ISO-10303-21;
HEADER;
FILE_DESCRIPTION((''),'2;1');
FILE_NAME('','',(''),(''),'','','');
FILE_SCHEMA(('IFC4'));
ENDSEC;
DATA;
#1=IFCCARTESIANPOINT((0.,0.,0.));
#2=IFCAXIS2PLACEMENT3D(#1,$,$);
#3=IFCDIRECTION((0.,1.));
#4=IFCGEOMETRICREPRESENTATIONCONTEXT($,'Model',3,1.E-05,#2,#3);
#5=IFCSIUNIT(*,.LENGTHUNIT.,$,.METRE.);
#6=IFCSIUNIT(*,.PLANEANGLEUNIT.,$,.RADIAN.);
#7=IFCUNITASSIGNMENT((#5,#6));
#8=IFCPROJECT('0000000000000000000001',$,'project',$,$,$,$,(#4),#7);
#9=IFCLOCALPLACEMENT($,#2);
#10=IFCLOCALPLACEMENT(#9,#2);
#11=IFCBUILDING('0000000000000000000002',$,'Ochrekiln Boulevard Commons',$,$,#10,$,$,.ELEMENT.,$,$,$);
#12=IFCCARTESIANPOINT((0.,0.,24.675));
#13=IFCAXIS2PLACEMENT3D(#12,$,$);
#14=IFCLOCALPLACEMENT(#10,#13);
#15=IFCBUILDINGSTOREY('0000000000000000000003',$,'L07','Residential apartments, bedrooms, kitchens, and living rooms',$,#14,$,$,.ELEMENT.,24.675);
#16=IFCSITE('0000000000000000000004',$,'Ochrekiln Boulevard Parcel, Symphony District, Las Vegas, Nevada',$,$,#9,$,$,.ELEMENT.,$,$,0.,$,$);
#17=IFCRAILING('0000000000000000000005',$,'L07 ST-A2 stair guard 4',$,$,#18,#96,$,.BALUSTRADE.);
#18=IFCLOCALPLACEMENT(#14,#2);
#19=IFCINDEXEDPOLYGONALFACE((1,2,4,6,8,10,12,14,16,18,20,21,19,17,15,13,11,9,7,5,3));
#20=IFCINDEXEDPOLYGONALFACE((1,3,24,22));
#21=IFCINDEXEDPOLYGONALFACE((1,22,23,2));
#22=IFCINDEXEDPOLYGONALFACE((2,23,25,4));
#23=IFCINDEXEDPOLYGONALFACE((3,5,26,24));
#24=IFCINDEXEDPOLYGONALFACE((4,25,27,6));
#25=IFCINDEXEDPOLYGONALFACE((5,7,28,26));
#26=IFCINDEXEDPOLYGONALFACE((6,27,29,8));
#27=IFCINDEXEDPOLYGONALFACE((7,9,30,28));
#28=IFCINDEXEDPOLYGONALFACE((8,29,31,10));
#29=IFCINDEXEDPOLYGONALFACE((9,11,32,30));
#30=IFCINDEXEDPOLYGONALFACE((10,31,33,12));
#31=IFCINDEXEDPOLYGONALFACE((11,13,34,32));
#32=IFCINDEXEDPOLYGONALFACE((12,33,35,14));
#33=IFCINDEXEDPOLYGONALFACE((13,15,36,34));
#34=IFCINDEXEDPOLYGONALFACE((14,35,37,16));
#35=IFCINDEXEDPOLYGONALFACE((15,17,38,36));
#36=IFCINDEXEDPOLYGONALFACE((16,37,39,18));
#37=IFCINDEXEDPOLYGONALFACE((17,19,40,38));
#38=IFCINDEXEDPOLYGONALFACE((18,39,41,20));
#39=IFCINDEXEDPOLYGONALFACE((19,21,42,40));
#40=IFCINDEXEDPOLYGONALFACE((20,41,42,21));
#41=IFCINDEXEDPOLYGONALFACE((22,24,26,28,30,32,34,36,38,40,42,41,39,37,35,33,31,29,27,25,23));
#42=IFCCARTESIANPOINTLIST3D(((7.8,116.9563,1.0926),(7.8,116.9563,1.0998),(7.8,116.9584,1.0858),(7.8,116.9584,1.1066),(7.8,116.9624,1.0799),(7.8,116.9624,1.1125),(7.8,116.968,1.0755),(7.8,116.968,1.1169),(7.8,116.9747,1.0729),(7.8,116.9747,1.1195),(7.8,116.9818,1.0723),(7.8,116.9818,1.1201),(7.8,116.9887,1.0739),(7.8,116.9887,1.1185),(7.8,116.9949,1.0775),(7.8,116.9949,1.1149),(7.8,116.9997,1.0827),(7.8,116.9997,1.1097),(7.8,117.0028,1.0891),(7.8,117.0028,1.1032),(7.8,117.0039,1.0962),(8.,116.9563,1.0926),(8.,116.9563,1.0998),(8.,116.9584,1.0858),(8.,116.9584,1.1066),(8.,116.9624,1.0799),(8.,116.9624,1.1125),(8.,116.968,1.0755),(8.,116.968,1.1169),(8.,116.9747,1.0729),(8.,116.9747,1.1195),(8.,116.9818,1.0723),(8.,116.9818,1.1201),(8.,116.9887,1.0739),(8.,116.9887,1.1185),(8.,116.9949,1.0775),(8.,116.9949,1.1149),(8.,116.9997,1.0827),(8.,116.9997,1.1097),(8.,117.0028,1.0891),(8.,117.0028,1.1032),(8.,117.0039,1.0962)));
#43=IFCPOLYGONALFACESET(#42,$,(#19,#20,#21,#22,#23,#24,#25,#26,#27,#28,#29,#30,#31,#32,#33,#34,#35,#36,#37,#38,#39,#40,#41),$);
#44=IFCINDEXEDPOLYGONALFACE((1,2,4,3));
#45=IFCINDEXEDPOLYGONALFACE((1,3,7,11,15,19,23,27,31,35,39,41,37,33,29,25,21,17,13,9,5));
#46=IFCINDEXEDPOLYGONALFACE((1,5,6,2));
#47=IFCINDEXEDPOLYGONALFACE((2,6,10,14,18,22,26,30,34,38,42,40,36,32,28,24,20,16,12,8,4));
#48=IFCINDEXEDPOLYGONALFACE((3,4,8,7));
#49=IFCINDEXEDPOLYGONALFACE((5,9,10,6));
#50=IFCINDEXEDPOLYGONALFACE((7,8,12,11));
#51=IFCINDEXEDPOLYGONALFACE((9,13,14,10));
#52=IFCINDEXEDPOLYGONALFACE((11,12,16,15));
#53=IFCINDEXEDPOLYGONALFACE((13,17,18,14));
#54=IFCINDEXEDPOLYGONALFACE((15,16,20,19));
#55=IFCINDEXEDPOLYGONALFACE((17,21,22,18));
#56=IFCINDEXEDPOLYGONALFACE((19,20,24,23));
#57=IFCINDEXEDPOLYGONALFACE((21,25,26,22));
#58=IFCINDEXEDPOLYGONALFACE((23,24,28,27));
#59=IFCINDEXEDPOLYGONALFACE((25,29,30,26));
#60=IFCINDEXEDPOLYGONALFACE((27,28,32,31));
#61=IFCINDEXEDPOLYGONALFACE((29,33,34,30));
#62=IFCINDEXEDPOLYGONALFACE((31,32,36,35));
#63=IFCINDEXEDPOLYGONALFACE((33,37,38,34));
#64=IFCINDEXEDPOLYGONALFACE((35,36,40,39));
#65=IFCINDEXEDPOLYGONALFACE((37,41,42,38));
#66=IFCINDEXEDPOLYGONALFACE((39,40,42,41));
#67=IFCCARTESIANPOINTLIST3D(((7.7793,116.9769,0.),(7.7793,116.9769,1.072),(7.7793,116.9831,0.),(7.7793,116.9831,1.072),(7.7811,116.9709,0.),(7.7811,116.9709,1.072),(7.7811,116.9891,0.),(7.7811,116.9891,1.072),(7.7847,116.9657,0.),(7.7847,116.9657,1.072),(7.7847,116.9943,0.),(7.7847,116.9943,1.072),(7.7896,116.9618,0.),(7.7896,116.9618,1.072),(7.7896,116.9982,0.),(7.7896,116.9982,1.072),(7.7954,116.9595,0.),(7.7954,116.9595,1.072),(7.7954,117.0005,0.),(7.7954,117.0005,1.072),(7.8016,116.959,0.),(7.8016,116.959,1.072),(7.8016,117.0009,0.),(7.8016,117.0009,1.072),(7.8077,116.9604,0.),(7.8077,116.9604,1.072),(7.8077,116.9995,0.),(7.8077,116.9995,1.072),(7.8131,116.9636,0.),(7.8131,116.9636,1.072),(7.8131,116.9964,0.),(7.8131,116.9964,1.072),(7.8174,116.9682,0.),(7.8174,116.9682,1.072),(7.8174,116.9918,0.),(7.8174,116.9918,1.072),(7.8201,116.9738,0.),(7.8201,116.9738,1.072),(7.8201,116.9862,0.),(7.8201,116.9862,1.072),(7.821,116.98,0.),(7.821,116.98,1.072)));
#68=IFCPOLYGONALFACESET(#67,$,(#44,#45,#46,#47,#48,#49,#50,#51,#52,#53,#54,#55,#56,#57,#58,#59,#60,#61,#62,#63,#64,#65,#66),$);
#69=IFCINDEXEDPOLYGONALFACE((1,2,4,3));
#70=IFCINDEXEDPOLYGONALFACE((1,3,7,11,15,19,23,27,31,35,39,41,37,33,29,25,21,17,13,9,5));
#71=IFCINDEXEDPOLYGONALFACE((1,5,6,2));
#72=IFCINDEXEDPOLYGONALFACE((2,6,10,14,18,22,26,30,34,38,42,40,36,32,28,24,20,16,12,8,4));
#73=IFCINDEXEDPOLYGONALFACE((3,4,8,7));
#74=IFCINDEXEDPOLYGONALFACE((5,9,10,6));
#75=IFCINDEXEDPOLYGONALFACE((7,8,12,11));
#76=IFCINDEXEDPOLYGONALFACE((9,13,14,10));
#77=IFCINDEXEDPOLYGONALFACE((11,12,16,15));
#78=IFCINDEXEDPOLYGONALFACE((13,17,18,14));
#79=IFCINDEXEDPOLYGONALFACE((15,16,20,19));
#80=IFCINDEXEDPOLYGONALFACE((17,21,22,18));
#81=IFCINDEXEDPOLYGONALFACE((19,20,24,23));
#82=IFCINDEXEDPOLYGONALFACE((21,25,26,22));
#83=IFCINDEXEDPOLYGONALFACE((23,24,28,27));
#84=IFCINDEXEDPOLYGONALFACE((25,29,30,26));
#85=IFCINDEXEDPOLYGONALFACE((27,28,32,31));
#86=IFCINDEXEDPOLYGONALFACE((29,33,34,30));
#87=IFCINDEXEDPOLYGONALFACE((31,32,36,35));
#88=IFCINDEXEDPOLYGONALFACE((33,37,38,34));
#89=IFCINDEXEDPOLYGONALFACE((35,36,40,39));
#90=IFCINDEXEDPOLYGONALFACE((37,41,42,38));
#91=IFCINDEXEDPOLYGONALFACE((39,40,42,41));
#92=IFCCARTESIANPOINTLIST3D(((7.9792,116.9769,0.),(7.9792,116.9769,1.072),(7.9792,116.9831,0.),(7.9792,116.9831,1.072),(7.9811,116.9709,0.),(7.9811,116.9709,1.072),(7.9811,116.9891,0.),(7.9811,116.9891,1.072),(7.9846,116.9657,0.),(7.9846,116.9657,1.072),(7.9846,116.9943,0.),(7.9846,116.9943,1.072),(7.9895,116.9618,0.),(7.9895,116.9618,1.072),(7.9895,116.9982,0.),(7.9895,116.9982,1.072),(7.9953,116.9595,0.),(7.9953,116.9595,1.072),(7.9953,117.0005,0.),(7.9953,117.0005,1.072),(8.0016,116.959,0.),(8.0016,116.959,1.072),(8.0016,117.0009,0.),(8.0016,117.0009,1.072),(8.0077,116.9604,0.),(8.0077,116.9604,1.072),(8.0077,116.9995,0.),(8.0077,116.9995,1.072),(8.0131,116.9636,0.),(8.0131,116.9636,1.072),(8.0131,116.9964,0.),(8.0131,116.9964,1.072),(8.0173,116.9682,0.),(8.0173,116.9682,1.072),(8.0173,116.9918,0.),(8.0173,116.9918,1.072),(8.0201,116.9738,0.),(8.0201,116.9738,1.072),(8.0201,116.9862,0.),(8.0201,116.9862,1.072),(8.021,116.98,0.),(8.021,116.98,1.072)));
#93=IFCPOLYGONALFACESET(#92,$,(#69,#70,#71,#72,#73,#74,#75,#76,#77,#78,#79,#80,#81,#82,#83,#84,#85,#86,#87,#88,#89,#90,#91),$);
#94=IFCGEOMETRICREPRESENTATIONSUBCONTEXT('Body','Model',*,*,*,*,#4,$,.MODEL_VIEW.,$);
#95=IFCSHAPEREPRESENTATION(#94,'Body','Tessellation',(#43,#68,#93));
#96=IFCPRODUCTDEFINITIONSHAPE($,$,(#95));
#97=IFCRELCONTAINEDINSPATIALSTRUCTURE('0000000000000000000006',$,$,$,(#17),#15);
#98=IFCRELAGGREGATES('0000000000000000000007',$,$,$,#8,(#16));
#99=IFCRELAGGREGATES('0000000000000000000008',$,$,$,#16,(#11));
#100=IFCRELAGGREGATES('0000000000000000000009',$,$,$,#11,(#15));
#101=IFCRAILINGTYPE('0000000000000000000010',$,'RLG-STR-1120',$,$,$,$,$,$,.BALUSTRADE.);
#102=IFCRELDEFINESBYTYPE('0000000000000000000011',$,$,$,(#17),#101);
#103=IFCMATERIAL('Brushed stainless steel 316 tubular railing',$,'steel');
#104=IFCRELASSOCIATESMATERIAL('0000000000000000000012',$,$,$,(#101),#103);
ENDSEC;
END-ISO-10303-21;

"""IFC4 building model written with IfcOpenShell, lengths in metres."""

from ifc_helpers import new_model, si_unit, direction, frame, origin, origin_2d, place, context, subcontext, project, spatial, circle, extrude, material, type_object, element, save


model = new_model("IFC4")

# Units and contexts
model_context = context("Model", 3, precision=1e-05, world=origin(), true_north=direction((0.0, 1.0)))
body_context = subcontext(model_context, "Body", "Model", "MODEL_VIEW")
ifc_project = project(units=[si_unit("LENGTHUNIT", "METRE"), si_unit("PLANEANGLEUNIT", "RADIAN")], contexts=[model_context])

# Site, building, storey
site_placement = place(None, origin())
site = spatial("IfcSite", under=ifc_project, at=site_placement, Name="Ochrekiln Boulevard Parcel, Symphony District, Las Vegas, Nevada", CompositionType="ELEMENT", RefElevation=0.0)
building_placement = place(site_placement, origin())
building = spatial("IfcBuilding", under=site, at=building_placement, Name="Ochrekiln Boulevard Commons", CompositionType="ELEMENT")
storey_placement = place(building_placement, frame((0.0, 0.0, 24.675)))
storey = spatial("IfcBuildingStorey", under=building, at=storey_placement, Name="L07", Description="Residential apartments, bedrooms, kitchens, and living rooms", CompositionType="ELEMENT", Elevation=24.675)

# Railing
ifc_material_1 = material(Name="Brushed stainless steel 316 tubular railing", Category="steel")
railing_type_1 = type_object("IfcRailingType", Name="RLG-STR-1120", PredefinedType="BALUSTRADE", material=ifc_material_1)
railing_1_placement = place(storey_placement, frame((7.8, 116.98, 0.0)))
element("IfcRailing", 1, at=railing_1_placement, inside=storey, type_object=railing_type_1, Name="L07 ST-A2 stair guard 4", PredefinedType="BALUSTRADE", context=body_context, shape_type="SweptSolid", body=[
    extrude(circle(Radius=0.0239, at=origin_2d()), frame((0.0, 0.0, 1.0962), z_axis=(1.0, 0.0, 0.0), x_axis=(0.0, 1.0, 0.0)), (0.0, 0.0, 1.0), 0.2),
    extrude(circle(Radius=0.021, at=origin_2d()), origin(), (0.0, 0.0, 1.0), 1.072),
    extrude(circle(Radius=0.021, at=origin_2d()), frame((0.2, 0.0, 0.0)), (0.0, 0.0, 1.0), 1.072),
])

save(model, "model.ifc")
